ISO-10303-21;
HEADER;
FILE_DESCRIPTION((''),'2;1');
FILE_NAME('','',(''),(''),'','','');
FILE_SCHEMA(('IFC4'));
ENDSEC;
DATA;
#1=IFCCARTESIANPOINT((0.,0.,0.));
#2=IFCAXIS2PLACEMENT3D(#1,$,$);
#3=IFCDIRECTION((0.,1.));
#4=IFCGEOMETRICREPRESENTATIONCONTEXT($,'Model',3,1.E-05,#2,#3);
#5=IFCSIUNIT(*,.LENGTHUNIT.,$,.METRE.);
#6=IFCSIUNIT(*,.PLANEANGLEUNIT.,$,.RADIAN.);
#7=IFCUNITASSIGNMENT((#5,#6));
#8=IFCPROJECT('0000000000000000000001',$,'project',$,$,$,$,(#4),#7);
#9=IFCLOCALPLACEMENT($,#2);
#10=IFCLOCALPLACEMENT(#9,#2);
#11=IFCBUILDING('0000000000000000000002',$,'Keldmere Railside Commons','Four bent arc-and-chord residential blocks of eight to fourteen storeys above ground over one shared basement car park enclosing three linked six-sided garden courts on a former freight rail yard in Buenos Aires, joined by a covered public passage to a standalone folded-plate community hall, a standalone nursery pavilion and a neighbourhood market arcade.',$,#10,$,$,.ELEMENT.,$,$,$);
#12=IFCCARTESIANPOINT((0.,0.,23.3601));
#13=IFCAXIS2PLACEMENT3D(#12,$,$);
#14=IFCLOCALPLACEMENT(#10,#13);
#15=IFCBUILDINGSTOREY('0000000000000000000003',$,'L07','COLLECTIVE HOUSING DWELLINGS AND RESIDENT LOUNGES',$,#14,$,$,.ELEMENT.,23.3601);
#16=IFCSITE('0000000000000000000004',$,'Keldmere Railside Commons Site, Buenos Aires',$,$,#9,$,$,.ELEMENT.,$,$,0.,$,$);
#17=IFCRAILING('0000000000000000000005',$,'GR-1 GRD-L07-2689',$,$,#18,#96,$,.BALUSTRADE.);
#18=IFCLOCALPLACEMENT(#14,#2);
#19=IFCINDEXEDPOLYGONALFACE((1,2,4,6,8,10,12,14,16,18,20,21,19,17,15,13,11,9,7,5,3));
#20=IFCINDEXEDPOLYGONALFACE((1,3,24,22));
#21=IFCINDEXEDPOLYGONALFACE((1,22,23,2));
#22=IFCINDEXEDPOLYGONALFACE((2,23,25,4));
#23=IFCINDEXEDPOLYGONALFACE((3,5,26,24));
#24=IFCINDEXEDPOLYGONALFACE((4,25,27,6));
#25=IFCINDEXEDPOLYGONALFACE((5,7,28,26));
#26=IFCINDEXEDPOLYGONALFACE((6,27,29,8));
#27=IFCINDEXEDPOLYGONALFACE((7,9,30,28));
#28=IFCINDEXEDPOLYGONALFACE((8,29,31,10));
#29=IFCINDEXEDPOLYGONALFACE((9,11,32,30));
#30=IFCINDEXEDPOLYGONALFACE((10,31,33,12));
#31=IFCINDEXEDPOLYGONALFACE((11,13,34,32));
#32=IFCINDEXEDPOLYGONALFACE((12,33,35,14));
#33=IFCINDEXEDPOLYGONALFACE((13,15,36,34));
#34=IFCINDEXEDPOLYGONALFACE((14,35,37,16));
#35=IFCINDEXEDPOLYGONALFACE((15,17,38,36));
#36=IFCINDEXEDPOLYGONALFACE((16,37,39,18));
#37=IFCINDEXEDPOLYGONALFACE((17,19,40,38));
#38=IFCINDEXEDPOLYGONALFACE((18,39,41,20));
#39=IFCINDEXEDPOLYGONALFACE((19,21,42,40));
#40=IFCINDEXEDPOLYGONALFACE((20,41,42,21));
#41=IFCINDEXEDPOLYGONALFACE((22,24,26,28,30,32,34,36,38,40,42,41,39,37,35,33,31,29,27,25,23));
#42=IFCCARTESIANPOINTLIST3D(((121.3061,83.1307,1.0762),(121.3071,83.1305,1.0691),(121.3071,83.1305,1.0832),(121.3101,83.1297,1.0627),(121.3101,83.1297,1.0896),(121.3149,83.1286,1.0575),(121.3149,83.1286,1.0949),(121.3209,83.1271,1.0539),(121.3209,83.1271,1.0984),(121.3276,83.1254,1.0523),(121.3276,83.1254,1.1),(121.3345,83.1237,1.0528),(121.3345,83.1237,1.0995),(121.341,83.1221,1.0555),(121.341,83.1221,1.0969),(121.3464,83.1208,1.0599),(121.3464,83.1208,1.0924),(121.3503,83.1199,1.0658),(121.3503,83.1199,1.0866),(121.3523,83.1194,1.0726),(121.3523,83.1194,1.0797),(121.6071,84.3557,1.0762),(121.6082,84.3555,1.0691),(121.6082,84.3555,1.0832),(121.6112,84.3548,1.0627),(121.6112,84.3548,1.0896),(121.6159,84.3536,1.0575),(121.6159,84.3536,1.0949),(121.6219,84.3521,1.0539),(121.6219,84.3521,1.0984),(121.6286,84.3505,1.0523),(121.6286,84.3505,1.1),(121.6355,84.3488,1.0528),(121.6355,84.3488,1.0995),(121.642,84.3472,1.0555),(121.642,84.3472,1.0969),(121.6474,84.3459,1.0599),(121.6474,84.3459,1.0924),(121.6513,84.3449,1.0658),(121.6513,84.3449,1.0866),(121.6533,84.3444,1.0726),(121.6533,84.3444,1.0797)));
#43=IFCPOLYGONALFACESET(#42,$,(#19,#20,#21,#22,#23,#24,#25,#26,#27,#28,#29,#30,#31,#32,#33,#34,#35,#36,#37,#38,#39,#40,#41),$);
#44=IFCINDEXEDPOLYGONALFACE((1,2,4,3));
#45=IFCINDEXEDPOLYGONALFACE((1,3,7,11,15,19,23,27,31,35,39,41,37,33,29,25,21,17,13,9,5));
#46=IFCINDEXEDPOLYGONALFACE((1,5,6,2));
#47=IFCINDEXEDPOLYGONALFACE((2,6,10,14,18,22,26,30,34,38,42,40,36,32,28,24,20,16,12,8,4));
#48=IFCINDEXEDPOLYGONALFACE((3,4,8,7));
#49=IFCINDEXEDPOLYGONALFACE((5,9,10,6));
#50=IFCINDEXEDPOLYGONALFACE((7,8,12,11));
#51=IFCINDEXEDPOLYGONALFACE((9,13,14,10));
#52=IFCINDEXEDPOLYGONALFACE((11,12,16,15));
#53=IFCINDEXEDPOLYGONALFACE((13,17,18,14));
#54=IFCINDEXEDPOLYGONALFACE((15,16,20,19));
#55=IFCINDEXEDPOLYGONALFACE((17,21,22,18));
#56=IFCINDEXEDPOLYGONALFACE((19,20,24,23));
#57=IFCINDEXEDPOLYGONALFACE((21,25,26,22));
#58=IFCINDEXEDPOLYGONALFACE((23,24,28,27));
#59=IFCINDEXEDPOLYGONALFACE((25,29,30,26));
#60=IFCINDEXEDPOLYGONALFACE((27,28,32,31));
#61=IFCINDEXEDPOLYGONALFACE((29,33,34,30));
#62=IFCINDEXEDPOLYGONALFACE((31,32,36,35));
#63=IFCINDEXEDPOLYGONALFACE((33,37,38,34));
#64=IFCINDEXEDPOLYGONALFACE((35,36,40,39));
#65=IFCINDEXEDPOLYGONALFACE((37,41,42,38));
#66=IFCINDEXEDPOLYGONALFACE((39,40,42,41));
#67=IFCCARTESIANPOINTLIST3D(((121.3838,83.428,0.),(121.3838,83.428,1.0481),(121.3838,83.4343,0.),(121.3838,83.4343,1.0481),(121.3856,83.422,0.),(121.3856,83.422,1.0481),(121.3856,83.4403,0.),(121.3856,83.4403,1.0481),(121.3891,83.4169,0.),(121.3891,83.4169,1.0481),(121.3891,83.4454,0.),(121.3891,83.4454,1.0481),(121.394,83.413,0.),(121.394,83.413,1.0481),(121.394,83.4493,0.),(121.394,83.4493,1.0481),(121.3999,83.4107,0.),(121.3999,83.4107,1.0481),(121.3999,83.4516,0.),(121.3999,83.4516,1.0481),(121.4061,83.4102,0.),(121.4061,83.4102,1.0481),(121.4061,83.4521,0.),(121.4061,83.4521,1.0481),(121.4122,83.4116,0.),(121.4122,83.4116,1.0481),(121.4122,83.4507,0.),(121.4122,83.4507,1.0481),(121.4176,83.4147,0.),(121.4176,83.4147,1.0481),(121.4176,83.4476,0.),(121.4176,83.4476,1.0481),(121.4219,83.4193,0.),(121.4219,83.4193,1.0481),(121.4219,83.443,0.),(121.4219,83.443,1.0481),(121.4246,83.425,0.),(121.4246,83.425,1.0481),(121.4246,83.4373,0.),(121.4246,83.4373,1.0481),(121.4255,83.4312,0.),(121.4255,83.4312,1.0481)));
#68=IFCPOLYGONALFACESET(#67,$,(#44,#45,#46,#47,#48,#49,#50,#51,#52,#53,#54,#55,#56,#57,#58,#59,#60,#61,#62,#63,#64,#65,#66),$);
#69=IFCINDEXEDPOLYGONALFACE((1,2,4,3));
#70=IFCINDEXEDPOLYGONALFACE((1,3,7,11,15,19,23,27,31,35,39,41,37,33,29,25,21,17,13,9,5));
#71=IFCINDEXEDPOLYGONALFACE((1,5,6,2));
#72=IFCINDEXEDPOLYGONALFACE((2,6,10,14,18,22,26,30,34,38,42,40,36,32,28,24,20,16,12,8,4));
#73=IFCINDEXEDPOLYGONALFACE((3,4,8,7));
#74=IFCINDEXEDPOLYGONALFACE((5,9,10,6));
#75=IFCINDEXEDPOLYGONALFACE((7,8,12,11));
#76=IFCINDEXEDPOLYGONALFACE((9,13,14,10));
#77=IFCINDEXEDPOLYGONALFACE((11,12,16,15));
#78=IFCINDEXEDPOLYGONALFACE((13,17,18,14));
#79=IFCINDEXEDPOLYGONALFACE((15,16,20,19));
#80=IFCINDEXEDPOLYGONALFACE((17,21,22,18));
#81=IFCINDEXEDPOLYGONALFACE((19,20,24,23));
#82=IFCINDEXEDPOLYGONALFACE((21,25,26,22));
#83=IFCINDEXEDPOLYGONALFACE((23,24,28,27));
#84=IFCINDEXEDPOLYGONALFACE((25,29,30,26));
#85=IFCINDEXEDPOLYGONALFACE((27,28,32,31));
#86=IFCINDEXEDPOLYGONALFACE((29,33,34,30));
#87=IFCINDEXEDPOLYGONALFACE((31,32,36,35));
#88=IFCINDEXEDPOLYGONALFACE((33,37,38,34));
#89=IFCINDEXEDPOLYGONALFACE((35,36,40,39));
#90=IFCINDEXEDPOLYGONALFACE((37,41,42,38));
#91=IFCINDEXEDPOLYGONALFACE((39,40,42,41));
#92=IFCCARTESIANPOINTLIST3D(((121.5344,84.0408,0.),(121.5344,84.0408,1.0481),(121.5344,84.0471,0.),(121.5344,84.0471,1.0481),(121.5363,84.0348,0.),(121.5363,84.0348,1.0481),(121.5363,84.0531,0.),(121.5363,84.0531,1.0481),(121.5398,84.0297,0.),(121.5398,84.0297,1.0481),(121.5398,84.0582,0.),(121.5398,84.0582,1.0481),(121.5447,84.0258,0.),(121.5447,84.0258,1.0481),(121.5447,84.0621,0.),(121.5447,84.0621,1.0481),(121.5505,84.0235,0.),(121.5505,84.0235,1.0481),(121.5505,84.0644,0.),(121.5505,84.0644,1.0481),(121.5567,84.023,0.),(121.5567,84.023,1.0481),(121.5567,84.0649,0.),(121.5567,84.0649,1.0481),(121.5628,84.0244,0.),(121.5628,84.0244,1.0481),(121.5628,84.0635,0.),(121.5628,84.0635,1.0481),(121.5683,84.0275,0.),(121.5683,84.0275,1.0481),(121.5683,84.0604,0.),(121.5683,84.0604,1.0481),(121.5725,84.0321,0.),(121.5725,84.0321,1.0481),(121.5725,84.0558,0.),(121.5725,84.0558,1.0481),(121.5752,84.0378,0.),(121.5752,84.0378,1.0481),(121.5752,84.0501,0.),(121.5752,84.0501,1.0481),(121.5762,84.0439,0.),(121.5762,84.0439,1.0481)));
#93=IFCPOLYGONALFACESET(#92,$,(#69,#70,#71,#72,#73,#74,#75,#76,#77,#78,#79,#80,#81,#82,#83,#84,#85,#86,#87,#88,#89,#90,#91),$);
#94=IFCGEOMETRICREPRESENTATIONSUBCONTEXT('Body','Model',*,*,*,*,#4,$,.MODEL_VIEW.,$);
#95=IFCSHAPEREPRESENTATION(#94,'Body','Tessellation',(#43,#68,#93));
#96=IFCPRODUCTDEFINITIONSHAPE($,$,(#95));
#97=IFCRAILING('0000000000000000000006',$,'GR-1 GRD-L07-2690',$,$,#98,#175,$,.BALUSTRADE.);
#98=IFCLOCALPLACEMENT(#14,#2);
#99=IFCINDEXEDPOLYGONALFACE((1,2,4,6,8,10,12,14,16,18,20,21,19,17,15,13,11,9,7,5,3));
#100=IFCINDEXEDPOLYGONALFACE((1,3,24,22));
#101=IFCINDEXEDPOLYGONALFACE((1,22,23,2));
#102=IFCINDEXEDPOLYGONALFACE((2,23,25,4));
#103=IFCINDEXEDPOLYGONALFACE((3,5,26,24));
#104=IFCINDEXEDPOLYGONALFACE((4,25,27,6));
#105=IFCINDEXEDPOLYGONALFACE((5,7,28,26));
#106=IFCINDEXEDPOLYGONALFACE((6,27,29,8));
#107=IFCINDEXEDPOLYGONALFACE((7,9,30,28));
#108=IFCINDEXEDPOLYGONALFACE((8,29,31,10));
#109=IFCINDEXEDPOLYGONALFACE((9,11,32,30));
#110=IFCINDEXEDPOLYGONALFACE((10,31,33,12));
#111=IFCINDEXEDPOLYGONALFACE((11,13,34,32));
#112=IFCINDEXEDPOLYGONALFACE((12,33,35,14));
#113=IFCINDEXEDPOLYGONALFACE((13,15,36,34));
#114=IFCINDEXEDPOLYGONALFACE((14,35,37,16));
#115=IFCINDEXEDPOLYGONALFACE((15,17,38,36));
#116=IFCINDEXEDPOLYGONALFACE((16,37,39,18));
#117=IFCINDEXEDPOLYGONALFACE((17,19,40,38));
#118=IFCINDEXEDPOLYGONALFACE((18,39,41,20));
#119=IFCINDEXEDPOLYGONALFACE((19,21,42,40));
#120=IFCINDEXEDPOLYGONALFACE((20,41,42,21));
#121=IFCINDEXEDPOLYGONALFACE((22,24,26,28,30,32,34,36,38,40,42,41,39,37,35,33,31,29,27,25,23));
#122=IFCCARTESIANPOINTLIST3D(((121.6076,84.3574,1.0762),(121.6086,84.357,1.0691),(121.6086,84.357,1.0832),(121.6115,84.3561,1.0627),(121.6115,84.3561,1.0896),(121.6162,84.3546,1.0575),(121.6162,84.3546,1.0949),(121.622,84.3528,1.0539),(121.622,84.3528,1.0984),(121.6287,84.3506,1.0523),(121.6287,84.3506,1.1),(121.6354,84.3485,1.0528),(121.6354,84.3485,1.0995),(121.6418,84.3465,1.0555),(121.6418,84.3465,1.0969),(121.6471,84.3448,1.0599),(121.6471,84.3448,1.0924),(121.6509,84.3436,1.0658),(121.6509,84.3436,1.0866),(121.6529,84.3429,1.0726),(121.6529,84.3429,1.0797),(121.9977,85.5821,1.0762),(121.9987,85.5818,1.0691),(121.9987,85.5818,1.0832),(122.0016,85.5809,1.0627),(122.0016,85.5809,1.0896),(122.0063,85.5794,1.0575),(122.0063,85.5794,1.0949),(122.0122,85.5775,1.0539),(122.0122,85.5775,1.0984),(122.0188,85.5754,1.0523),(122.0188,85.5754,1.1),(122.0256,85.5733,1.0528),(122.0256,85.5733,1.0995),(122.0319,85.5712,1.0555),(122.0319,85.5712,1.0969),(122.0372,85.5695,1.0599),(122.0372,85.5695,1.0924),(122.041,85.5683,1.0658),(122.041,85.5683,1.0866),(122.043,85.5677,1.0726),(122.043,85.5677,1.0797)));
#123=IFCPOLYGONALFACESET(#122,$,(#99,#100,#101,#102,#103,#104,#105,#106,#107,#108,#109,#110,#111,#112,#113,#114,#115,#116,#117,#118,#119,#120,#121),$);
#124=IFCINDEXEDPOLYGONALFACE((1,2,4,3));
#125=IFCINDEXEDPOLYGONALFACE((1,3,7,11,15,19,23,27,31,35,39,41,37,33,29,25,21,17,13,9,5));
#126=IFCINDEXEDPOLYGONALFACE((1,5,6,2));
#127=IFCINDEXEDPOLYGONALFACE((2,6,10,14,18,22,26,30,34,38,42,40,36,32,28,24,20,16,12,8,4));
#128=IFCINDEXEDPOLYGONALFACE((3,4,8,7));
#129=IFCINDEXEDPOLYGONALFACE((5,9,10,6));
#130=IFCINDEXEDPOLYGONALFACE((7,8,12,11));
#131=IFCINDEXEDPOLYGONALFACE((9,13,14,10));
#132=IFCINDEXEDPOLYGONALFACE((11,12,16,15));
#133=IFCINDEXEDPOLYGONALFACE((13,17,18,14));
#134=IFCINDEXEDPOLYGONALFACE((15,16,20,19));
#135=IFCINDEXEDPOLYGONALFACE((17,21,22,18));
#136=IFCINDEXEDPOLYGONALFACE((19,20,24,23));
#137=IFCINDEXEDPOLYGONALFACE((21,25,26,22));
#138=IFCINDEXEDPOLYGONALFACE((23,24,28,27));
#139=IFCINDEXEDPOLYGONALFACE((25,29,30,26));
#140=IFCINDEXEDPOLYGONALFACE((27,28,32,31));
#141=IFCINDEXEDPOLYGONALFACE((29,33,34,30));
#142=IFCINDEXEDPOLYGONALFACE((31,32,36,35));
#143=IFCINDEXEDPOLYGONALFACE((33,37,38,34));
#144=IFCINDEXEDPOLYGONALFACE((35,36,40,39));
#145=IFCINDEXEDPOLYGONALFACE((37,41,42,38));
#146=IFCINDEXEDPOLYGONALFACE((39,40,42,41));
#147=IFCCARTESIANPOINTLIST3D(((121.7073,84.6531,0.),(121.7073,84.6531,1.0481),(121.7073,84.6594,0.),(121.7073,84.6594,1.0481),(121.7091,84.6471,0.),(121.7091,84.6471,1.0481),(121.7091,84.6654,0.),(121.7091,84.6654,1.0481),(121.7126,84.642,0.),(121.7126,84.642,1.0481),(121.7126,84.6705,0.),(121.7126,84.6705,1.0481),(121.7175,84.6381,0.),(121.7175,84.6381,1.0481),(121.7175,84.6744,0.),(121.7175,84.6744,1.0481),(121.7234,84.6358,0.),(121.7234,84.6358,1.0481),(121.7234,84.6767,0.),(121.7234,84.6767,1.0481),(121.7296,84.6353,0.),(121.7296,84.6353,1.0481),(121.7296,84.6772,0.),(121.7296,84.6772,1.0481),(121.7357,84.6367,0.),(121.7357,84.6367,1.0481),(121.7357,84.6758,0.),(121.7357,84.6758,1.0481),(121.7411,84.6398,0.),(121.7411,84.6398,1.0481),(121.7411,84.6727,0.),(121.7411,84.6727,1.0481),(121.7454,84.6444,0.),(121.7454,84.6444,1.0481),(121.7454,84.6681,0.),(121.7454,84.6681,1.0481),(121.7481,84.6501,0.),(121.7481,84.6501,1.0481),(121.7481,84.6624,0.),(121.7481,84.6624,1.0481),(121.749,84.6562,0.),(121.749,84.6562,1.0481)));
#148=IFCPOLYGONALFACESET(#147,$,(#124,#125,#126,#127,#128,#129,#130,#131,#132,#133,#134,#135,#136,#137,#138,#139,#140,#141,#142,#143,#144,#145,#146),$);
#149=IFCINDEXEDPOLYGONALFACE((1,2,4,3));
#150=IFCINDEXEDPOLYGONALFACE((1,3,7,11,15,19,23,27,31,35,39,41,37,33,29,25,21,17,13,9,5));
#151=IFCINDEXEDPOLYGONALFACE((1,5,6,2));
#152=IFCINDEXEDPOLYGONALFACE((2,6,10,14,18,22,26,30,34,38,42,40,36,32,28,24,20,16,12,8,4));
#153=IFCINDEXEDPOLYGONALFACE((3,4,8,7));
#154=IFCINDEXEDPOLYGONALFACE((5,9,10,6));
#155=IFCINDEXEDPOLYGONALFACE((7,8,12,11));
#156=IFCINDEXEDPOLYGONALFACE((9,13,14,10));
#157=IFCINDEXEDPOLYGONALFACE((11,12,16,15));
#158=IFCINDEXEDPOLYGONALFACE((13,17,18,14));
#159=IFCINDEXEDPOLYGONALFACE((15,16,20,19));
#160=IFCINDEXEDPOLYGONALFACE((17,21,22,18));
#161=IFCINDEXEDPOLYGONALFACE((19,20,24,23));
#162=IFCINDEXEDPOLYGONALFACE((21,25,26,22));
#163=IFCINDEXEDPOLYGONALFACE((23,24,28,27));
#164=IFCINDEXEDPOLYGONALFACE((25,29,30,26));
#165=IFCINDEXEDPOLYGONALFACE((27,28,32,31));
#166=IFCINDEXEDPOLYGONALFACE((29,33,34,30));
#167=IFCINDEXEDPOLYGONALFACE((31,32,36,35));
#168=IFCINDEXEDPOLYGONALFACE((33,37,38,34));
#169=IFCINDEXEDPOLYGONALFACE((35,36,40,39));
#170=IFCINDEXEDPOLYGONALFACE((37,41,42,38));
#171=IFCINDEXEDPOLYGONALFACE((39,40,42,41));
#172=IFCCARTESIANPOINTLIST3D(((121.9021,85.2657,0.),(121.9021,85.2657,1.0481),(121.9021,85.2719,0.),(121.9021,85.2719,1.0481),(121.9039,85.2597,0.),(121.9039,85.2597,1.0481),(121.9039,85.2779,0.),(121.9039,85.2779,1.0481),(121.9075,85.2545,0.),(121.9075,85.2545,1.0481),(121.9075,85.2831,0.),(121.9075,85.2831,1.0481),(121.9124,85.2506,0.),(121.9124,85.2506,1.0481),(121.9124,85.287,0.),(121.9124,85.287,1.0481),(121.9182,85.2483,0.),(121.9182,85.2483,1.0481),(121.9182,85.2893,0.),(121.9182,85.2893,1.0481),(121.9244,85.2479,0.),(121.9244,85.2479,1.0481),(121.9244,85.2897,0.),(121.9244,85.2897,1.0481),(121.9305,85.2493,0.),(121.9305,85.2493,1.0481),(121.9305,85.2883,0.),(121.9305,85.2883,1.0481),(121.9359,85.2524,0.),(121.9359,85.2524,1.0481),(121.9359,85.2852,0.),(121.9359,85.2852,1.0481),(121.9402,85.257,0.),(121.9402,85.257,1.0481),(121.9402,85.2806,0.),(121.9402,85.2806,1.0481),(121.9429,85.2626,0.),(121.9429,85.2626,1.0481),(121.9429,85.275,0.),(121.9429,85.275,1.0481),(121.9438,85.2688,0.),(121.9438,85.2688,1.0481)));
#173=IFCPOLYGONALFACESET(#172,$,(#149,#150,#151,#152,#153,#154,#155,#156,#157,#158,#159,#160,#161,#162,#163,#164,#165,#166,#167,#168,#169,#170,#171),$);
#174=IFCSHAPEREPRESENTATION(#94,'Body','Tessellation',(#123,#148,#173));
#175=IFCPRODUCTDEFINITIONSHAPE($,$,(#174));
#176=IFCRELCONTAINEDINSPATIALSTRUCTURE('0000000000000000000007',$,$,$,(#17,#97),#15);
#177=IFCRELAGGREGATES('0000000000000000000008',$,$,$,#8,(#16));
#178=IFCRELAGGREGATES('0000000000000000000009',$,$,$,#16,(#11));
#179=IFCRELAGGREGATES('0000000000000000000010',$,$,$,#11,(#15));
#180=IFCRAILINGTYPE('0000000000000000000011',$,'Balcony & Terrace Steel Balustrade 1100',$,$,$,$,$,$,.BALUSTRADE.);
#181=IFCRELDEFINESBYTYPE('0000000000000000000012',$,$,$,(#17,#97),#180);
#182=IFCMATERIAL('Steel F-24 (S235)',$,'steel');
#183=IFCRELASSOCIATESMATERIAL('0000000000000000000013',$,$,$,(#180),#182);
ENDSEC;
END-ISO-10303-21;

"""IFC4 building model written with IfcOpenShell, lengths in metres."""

from ifc_helpers import new_model, si_unit, direction, frame, origin, origin_2d, place, context, subcontext, project, spatial, circle, extrude, material, type_object, element, save


model = new_model("IFC4")

# Units and contexts
model_context = context("Model", 3, precision=1e-05, world=origin(), true_north=direction((0.0, 1.0)))
body_context = subcontext(model_context, "Body", "Model", "MODEL_VIEW")
ifc_project = project(units=[si_unit("LENGTHUNIT", "METRE"), si_unit("PLANEANGLEUNIT", "RADIAN")], contexts=[model_context])

# Site, building, storey
site_placement = place(None, origin())
site = spatial("IfcSite", under=ifc_project, at=site_placement, Name="Keldmere Railside Commons Site, Buenos Aires", CompositionType="ELEMENT", RefElevation=0.0)
building_placement = place(site_placement, origin())
building = spatial("IfcBuilding", under=site, at=building_placement, Name="Keldmere Railside Commons", Description="Four bent arc-and-chord residential blocks of eight to fourteen storeys above ground over one shared basement car park enclosing three linked six-sided garden courts on a former freight rail yard in Buenos Aires, joined by a covered public passage to a standalone folded-plate community hall, a standalone nursery pavilion and a neighbourhood market arcade.", CompositionType="ELEMENT")
storey_placement = place(building_placement, frame((0.0, 0.0, 23.3601)))
storey = spatial("IfcBuildingStorey", under=building, at=storey_placement, Name="L07", Description="COLLECTIVE HOUSING DWELLINGS AND RESIDENT LOUNGES", CompositionType="ELEMENT", Elevation=23.3601)

# Railings
ifc_material_1 = material(Name="Steel F-24 (S235)", Category="steel")
railing_type = type_object("IfcRailingType", Name="Balcony & Terrace Steel Balustrade 1100", PredefinedType="BALUSTRADE", material=ifc_material_1)
railing_1_placement = place(storey_placement, frame((121.3293, 83.125, 0.0)))
element("IfcRailing", 1, at=railing_1_placement, inside=storey, type_object=railing_type, Name="GR-1 GRD-L07-2689", PredefinedType="BALUSTRADE", context=body_context, shape_type="SweptSolid", body=[
    extrude(circle(Radius=0.0239, at=origin_2d()), frame((0.0, 0.0, 1.0762), z_axis=(0.238618, 0.971114, 0.0), x_axis=(-0.971114, 0.238618, 0.0)), (0.0, 0.0, 1.0), 1.2615),
    extrude(circle(Radius=0.021, at=origin_2d()), frame((0.0752, 0.3062, 0.0)), (0.0, 0.0, 1.0), 1.0481),
    extrude(circle(Radius=0.021, at=origin_2d()), frame((0.2258, 0.9189, 0.0)), (0.0, 0.0, 1.0), 1.0481),
])
railing_2_placement = place(storey_placement, frame((121.6304, 84.3501, 0.0)))
element("IfcRailing", 2, at=railing_2_placement, inside=storey, type_object=railing_type, Name="GR-1 GRD-L07-2690", PredefinedType="BALUSTRADE", context=body_context, shape_type="SweptSolid", body=[
    extrude(circle(Radius=0.0239, at=origin_2d()), frame((0.0, 0.0, 1.0762), z_axis=(0.303494, 0.952833, 0.0), x_axis=(-0.952833, 0.303494, 0.0)), (0.0, 0.0, 1.0), 1.2854),
    extrude(circle(Radius=0.021, at=origin_2d()), frame((0.0977, 0.3062, 0.0)), (0.0, 0.0, 1.0), 1.0481),
    extrude(circle(Radius=0.021, at=origin_2d()), frame((0.2925, 0.9187, 0.0)), (0.0, 0.0, 1.0), 1.0481),
])

save(model, "model.ifc")
